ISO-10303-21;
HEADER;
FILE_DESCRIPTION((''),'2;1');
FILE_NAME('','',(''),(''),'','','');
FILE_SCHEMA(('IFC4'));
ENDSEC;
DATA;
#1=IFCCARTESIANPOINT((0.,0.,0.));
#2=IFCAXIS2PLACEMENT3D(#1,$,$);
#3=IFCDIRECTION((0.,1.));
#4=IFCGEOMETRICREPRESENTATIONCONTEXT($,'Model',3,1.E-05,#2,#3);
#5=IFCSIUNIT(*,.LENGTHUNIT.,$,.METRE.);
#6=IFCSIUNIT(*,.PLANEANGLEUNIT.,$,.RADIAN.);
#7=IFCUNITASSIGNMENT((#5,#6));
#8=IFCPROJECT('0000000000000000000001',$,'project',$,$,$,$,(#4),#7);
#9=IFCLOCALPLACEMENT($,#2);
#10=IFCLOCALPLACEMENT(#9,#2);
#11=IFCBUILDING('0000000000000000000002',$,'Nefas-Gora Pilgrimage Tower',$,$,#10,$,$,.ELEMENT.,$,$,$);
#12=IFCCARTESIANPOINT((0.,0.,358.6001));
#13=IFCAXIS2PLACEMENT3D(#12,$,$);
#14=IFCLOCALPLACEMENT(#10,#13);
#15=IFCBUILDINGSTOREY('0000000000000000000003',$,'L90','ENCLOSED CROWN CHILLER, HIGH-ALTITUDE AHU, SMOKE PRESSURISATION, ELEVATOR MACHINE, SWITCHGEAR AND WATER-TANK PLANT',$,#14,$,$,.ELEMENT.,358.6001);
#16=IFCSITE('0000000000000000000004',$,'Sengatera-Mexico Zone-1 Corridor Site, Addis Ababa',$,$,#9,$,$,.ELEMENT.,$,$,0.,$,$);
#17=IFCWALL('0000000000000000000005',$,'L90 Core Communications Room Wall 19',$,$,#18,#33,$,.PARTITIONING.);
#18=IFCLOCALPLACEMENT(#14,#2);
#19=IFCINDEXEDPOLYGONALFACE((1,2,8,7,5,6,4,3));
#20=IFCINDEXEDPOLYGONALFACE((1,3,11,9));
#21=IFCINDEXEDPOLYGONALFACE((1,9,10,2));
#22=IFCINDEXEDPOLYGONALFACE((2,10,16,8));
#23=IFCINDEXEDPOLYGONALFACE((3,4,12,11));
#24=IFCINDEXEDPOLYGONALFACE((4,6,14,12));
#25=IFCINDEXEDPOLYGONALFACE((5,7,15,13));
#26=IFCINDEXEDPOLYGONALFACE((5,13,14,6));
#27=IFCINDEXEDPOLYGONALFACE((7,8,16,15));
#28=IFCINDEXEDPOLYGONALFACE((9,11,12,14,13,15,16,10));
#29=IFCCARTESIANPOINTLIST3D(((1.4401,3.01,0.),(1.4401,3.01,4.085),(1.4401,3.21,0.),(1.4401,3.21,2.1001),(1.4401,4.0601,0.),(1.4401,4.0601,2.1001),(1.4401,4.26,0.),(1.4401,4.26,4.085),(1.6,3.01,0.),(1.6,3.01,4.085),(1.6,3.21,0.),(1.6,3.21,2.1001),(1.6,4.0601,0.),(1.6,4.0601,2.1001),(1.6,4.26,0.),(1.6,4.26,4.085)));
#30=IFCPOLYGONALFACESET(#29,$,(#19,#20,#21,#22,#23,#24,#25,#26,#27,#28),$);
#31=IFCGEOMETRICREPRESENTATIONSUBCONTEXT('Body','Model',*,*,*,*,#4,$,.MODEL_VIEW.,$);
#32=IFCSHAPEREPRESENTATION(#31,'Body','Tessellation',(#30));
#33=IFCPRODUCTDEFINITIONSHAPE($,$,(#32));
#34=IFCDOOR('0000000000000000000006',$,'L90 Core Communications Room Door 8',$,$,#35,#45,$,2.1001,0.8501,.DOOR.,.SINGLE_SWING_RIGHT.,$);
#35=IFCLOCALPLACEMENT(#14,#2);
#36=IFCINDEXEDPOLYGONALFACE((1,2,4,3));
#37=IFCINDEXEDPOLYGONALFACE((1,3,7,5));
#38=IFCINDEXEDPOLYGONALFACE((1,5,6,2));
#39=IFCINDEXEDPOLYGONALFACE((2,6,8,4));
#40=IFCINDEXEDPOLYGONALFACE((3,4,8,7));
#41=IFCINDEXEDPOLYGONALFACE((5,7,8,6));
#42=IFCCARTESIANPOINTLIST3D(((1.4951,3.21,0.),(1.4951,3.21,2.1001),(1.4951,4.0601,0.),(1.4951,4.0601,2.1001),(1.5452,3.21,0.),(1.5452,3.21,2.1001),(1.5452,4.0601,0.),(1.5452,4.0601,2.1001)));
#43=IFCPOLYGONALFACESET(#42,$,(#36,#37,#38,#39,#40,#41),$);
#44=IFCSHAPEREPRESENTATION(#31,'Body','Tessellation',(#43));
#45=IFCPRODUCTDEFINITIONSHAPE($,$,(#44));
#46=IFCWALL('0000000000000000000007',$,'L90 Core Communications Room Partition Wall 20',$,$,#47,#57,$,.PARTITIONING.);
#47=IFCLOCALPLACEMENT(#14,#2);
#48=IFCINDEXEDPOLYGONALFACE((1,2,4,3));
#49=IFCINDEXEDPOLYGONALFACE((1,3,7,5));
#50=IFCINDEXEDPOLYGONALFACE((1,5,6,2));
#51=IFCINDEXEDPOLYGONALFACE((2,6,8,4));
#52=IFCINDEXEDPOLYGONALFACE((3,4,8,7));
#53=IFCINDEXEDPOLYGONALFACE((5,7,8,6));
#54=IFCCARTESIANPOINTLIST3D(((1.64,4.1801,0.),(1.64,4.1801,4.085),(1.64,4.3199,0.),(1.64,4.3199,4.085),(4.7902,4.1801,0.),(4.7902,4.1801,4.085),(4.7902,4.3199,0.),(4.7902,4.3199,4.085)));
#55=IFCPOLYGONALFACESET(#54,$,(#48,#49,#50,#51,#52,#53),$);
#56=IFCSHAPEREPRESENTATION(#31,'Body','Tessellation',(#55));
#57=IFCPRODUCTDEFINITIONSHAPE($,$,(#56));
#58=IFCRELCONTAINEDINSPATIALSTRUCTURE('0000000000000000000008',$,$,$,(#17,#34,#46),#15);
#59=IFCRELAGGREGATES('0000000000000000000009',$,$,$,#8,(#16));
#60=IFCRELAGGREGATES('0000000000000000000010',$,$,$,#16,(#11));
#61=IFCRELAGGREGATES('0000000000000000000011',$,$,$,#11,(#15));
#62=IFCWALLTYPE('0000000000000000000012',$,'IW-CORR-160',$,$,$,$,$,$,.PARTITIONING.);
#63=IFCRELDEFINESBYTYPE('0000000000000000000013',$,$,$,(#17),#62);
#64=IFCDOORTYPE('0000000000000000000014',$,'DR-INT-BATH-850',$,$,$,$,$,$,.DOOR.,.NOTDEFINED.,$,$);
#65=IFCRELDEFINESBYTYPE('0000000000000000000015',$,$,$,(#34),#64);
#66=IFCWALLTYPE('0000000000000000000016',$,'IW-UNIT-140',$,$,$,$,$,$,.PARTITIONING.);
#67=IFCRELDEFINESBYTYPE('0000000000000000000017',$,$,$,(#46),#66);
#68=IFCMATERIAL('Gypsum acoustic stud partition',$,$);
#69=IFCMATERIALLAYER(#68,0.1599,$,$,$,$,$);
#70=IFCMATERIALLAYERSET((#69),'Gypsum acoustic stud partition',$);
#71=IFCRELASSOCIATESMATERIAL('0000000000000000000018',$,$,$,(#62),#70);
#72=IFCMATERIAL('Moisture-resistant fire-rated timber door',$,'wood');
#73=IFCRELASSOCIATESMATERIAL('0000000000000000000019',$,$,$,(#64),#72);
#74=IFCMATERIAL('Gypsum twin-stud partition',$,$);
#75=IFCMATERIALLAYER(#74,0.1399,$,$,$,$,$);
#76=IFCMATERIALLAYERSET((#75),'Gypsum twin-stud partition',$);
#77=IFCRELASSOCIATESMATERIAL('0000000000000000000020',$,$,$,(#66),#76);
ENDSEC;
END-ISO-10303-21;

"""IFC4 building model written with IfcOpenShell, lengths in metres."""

from ifc_helpers import new_model, si_unit, direction, frame, frame_2d, origin, place, context, subcontext, project, spatial, rectangle, extrude, source, transform, mapped, material, layer, layer_set, type_object, element, fill, save


model = new_model("IFC4")

# Units and contexts
model_context = context("Model", 3, precision=1e-05, world=origin(), true_north=direction((0.0, 1.0)))
body_context = subcontext(model_context, "Body", "Model", "MODEL_VIEW")
ifc_project = project(units=[si_unit("LENGTHUNIT", "METRE"), si_unit("PLANEANGLEUNIT", "RADIAN")], contexts=[model_context])

# Site, building, storey
site_placement = place(None, origin())
site = spatial("IfcSite", under=ifc_project, at=site_placement, Name="Sengatera-Mexico Zone-1 Corridor Site, Addis Ababa", CompositionType="ELEMENT", RefElevation=0.0)
building_placement = place(site_placement, origin())
building = spatial("IfcBuilding", under=site, at=building_placement, Name="Nefas-Gora Pilgrimage Tower", CompositionType="ELEMENT")
storey_placement = place(building_placement, frame((0.0, 0.0, 358.6001)))
storey = spatial("IfcBuildingStorey", under=building, at=storey_placement, Name="L90", Description="ENCLOSED CROWN CHILLER, HIGH-ALTITUDE AHU, SMOKE PRESSURISATION, ELEVATOR MACHINE, SWITCHGEAR AND WATER-TANK PLANT", CompositionType="ELEMENT", Elevation=358.6001)

# Shared definitions
ifc_material_1 = material(Name="Gypsum acoustic stud partition")
ifc_layer_1 = layer(ifc_material_1, 0.1599)
ifc_layer_set_1 = layer_set([ifc_layer_1], Name="Gypsum acoustic stud partition")
wall_type_1 = type_object("IfcWallType", Name="IW-CORR-160", PredefinedType="PARTITIONING", material=ifc_layer_set_1)

# Wall, opening, door
shared_shape_1 = source(origin(), body_context, "Body", "SweptSolid", [
    extrude(rectangle(XDim=1.25, YDim=0.1599, at=frame_2d((0.625, 0.0))), origin(), (0.0, 0.0, 1.0), 4.085),
])
wall_1_placement = place(storey_placement, frame((1.52, 3.01, 0.0), z_axis=(0.0, 0.0, 1.0), x_axis=(0.0, 1.0, 0.0)))
wall_1 = element("IfcWall", 1, at=wall_1_placement, inside=storey, type_object=wall_type_1, Name="L90 Core Communications Room Wall 19", PredefinedType="PARTITIONING", context=body_context, shape_type="MappedRepresentation", body=[
    mapped(shared_shape_1, transform((0.0, 0.0, 0.0), x_axis=(1.0, 0.0, 0.0), y_axis=(0.0, 1.0, 0.0), z_axis=(0.0, 0.0, 1.0), scale=1.0)),
])
opening_1_placement = place(wall_1_placement, frame((0.2, 0.0, 0.0)))
opening_1 = element("IfcOpeningElement", 2, at=opening_1_placement, cuts=wall_1, PredefinedType="OPENING", context=body_context, shape_type="SweptSolid", body=[
    extrude(rectangle(XDim=0.8501, YDim=2.1001, at=frame_2d((0.425, 1.05))), frame((0.0, 0.0898, 0.0), z_axis=(0.0, -1.0, 0.0), x_axis=(1.0, 0.0, 0.0)), (0.0, 0.0, 1.0), 0.1799),
])
ifc_material_2 = material(Name="Moisture-resistant fire-rated timber door", Category="wood")
door_type_1 = type_object("IfcDoorType", Name="DR-INT-BATH-850", OperationType="NOTDEFINED", PredefinedType="DOOR", material=ifc_material_2)
shared_shape_2 = source(origin(), body_context, "Body", "SweptSolid", [
    extrude(rectangle(XDim=0.8501, YDim=2.1001, at=frame_2d((0.425, 1.05))), frame((0.0, 0.0249, 0.0), z_axis=(0.0, -1.0, 0.0), x_axis=(1.0, 0.0, 0.0)), (0.0, 0.0, 1.0), 0.05),
])
door_1_placement = place(opening_1_placement, origin())
door_1 = element("IfcDoor", 3, at=door_1_placement, inside=storey, type_object=door_type_1, Name="L90 Core Communications Room Door 8", OperationType="SINGLE_SWING_RIGHT", OverallHeight=2.1001, OverallWidth=0.8501, PredefinedType="DOOR", context=body_context, shape_type="MappedRepresentation", body=[
    mapped(shared_shape_2, transform((0.0, 0.0, 0.0), x_axis=(1.0, 0.0, 0.0), y_axis=(0.0, 1.0, 0.0), z_axis=(0.0, 0.0, 1.0), scale=1.0)),
])
fill(opening_1, door_1)

# Wall
ifc_material_3 = material(Name="Gypsum twin-stud partition")
ifc_layer_2 = layer(ifc_material_3, 0.1399)
ifc_layer_set_2 = layer_set([ifc_layer_2], Name="Gypsum twin-stud partition")
wall_type_2 = type_object("IfcWallType", Name="IW-UNIT-140", PredefinedType="PARTITIONING", material=ifc_layer_set_2)
shared_shape_3 = source(origin(), body_context, "Body", "SweptSolid", [
    extrude(rectangle(XDim=3.1501, YDim=0.1399, at=frame_2d((1.5752, 0.0))), origin(), (0.0, 0.0, 1.0), 4.085),
])
wall_2_placement = place(storey_placement, frame((1.6399, 4.25, 0.0), z_axis=(0.0, 0.0, 1.0), x_axis=(1.0, 0.0, 0.0)))
element("IfcWall", 4, at=wall_2_placement, inside=storey, type_object=wall_type_2, Name="L90 Core Communications Room Partition Wall 20", PredefinedType="PARTITIONING", context=body_context, shape_type="MappedRepresentation", body=[
    mapped(shared_shape_3, transform((0.0, 0.0, 0.0), x_axis=(1.0, 0.0, 0.0), y_axis=(0.0, 1.0, 0.0), z_axis=(0.0, 0.0, 1.0), scale=1.0)),
])

save(model, "model.ifc")
